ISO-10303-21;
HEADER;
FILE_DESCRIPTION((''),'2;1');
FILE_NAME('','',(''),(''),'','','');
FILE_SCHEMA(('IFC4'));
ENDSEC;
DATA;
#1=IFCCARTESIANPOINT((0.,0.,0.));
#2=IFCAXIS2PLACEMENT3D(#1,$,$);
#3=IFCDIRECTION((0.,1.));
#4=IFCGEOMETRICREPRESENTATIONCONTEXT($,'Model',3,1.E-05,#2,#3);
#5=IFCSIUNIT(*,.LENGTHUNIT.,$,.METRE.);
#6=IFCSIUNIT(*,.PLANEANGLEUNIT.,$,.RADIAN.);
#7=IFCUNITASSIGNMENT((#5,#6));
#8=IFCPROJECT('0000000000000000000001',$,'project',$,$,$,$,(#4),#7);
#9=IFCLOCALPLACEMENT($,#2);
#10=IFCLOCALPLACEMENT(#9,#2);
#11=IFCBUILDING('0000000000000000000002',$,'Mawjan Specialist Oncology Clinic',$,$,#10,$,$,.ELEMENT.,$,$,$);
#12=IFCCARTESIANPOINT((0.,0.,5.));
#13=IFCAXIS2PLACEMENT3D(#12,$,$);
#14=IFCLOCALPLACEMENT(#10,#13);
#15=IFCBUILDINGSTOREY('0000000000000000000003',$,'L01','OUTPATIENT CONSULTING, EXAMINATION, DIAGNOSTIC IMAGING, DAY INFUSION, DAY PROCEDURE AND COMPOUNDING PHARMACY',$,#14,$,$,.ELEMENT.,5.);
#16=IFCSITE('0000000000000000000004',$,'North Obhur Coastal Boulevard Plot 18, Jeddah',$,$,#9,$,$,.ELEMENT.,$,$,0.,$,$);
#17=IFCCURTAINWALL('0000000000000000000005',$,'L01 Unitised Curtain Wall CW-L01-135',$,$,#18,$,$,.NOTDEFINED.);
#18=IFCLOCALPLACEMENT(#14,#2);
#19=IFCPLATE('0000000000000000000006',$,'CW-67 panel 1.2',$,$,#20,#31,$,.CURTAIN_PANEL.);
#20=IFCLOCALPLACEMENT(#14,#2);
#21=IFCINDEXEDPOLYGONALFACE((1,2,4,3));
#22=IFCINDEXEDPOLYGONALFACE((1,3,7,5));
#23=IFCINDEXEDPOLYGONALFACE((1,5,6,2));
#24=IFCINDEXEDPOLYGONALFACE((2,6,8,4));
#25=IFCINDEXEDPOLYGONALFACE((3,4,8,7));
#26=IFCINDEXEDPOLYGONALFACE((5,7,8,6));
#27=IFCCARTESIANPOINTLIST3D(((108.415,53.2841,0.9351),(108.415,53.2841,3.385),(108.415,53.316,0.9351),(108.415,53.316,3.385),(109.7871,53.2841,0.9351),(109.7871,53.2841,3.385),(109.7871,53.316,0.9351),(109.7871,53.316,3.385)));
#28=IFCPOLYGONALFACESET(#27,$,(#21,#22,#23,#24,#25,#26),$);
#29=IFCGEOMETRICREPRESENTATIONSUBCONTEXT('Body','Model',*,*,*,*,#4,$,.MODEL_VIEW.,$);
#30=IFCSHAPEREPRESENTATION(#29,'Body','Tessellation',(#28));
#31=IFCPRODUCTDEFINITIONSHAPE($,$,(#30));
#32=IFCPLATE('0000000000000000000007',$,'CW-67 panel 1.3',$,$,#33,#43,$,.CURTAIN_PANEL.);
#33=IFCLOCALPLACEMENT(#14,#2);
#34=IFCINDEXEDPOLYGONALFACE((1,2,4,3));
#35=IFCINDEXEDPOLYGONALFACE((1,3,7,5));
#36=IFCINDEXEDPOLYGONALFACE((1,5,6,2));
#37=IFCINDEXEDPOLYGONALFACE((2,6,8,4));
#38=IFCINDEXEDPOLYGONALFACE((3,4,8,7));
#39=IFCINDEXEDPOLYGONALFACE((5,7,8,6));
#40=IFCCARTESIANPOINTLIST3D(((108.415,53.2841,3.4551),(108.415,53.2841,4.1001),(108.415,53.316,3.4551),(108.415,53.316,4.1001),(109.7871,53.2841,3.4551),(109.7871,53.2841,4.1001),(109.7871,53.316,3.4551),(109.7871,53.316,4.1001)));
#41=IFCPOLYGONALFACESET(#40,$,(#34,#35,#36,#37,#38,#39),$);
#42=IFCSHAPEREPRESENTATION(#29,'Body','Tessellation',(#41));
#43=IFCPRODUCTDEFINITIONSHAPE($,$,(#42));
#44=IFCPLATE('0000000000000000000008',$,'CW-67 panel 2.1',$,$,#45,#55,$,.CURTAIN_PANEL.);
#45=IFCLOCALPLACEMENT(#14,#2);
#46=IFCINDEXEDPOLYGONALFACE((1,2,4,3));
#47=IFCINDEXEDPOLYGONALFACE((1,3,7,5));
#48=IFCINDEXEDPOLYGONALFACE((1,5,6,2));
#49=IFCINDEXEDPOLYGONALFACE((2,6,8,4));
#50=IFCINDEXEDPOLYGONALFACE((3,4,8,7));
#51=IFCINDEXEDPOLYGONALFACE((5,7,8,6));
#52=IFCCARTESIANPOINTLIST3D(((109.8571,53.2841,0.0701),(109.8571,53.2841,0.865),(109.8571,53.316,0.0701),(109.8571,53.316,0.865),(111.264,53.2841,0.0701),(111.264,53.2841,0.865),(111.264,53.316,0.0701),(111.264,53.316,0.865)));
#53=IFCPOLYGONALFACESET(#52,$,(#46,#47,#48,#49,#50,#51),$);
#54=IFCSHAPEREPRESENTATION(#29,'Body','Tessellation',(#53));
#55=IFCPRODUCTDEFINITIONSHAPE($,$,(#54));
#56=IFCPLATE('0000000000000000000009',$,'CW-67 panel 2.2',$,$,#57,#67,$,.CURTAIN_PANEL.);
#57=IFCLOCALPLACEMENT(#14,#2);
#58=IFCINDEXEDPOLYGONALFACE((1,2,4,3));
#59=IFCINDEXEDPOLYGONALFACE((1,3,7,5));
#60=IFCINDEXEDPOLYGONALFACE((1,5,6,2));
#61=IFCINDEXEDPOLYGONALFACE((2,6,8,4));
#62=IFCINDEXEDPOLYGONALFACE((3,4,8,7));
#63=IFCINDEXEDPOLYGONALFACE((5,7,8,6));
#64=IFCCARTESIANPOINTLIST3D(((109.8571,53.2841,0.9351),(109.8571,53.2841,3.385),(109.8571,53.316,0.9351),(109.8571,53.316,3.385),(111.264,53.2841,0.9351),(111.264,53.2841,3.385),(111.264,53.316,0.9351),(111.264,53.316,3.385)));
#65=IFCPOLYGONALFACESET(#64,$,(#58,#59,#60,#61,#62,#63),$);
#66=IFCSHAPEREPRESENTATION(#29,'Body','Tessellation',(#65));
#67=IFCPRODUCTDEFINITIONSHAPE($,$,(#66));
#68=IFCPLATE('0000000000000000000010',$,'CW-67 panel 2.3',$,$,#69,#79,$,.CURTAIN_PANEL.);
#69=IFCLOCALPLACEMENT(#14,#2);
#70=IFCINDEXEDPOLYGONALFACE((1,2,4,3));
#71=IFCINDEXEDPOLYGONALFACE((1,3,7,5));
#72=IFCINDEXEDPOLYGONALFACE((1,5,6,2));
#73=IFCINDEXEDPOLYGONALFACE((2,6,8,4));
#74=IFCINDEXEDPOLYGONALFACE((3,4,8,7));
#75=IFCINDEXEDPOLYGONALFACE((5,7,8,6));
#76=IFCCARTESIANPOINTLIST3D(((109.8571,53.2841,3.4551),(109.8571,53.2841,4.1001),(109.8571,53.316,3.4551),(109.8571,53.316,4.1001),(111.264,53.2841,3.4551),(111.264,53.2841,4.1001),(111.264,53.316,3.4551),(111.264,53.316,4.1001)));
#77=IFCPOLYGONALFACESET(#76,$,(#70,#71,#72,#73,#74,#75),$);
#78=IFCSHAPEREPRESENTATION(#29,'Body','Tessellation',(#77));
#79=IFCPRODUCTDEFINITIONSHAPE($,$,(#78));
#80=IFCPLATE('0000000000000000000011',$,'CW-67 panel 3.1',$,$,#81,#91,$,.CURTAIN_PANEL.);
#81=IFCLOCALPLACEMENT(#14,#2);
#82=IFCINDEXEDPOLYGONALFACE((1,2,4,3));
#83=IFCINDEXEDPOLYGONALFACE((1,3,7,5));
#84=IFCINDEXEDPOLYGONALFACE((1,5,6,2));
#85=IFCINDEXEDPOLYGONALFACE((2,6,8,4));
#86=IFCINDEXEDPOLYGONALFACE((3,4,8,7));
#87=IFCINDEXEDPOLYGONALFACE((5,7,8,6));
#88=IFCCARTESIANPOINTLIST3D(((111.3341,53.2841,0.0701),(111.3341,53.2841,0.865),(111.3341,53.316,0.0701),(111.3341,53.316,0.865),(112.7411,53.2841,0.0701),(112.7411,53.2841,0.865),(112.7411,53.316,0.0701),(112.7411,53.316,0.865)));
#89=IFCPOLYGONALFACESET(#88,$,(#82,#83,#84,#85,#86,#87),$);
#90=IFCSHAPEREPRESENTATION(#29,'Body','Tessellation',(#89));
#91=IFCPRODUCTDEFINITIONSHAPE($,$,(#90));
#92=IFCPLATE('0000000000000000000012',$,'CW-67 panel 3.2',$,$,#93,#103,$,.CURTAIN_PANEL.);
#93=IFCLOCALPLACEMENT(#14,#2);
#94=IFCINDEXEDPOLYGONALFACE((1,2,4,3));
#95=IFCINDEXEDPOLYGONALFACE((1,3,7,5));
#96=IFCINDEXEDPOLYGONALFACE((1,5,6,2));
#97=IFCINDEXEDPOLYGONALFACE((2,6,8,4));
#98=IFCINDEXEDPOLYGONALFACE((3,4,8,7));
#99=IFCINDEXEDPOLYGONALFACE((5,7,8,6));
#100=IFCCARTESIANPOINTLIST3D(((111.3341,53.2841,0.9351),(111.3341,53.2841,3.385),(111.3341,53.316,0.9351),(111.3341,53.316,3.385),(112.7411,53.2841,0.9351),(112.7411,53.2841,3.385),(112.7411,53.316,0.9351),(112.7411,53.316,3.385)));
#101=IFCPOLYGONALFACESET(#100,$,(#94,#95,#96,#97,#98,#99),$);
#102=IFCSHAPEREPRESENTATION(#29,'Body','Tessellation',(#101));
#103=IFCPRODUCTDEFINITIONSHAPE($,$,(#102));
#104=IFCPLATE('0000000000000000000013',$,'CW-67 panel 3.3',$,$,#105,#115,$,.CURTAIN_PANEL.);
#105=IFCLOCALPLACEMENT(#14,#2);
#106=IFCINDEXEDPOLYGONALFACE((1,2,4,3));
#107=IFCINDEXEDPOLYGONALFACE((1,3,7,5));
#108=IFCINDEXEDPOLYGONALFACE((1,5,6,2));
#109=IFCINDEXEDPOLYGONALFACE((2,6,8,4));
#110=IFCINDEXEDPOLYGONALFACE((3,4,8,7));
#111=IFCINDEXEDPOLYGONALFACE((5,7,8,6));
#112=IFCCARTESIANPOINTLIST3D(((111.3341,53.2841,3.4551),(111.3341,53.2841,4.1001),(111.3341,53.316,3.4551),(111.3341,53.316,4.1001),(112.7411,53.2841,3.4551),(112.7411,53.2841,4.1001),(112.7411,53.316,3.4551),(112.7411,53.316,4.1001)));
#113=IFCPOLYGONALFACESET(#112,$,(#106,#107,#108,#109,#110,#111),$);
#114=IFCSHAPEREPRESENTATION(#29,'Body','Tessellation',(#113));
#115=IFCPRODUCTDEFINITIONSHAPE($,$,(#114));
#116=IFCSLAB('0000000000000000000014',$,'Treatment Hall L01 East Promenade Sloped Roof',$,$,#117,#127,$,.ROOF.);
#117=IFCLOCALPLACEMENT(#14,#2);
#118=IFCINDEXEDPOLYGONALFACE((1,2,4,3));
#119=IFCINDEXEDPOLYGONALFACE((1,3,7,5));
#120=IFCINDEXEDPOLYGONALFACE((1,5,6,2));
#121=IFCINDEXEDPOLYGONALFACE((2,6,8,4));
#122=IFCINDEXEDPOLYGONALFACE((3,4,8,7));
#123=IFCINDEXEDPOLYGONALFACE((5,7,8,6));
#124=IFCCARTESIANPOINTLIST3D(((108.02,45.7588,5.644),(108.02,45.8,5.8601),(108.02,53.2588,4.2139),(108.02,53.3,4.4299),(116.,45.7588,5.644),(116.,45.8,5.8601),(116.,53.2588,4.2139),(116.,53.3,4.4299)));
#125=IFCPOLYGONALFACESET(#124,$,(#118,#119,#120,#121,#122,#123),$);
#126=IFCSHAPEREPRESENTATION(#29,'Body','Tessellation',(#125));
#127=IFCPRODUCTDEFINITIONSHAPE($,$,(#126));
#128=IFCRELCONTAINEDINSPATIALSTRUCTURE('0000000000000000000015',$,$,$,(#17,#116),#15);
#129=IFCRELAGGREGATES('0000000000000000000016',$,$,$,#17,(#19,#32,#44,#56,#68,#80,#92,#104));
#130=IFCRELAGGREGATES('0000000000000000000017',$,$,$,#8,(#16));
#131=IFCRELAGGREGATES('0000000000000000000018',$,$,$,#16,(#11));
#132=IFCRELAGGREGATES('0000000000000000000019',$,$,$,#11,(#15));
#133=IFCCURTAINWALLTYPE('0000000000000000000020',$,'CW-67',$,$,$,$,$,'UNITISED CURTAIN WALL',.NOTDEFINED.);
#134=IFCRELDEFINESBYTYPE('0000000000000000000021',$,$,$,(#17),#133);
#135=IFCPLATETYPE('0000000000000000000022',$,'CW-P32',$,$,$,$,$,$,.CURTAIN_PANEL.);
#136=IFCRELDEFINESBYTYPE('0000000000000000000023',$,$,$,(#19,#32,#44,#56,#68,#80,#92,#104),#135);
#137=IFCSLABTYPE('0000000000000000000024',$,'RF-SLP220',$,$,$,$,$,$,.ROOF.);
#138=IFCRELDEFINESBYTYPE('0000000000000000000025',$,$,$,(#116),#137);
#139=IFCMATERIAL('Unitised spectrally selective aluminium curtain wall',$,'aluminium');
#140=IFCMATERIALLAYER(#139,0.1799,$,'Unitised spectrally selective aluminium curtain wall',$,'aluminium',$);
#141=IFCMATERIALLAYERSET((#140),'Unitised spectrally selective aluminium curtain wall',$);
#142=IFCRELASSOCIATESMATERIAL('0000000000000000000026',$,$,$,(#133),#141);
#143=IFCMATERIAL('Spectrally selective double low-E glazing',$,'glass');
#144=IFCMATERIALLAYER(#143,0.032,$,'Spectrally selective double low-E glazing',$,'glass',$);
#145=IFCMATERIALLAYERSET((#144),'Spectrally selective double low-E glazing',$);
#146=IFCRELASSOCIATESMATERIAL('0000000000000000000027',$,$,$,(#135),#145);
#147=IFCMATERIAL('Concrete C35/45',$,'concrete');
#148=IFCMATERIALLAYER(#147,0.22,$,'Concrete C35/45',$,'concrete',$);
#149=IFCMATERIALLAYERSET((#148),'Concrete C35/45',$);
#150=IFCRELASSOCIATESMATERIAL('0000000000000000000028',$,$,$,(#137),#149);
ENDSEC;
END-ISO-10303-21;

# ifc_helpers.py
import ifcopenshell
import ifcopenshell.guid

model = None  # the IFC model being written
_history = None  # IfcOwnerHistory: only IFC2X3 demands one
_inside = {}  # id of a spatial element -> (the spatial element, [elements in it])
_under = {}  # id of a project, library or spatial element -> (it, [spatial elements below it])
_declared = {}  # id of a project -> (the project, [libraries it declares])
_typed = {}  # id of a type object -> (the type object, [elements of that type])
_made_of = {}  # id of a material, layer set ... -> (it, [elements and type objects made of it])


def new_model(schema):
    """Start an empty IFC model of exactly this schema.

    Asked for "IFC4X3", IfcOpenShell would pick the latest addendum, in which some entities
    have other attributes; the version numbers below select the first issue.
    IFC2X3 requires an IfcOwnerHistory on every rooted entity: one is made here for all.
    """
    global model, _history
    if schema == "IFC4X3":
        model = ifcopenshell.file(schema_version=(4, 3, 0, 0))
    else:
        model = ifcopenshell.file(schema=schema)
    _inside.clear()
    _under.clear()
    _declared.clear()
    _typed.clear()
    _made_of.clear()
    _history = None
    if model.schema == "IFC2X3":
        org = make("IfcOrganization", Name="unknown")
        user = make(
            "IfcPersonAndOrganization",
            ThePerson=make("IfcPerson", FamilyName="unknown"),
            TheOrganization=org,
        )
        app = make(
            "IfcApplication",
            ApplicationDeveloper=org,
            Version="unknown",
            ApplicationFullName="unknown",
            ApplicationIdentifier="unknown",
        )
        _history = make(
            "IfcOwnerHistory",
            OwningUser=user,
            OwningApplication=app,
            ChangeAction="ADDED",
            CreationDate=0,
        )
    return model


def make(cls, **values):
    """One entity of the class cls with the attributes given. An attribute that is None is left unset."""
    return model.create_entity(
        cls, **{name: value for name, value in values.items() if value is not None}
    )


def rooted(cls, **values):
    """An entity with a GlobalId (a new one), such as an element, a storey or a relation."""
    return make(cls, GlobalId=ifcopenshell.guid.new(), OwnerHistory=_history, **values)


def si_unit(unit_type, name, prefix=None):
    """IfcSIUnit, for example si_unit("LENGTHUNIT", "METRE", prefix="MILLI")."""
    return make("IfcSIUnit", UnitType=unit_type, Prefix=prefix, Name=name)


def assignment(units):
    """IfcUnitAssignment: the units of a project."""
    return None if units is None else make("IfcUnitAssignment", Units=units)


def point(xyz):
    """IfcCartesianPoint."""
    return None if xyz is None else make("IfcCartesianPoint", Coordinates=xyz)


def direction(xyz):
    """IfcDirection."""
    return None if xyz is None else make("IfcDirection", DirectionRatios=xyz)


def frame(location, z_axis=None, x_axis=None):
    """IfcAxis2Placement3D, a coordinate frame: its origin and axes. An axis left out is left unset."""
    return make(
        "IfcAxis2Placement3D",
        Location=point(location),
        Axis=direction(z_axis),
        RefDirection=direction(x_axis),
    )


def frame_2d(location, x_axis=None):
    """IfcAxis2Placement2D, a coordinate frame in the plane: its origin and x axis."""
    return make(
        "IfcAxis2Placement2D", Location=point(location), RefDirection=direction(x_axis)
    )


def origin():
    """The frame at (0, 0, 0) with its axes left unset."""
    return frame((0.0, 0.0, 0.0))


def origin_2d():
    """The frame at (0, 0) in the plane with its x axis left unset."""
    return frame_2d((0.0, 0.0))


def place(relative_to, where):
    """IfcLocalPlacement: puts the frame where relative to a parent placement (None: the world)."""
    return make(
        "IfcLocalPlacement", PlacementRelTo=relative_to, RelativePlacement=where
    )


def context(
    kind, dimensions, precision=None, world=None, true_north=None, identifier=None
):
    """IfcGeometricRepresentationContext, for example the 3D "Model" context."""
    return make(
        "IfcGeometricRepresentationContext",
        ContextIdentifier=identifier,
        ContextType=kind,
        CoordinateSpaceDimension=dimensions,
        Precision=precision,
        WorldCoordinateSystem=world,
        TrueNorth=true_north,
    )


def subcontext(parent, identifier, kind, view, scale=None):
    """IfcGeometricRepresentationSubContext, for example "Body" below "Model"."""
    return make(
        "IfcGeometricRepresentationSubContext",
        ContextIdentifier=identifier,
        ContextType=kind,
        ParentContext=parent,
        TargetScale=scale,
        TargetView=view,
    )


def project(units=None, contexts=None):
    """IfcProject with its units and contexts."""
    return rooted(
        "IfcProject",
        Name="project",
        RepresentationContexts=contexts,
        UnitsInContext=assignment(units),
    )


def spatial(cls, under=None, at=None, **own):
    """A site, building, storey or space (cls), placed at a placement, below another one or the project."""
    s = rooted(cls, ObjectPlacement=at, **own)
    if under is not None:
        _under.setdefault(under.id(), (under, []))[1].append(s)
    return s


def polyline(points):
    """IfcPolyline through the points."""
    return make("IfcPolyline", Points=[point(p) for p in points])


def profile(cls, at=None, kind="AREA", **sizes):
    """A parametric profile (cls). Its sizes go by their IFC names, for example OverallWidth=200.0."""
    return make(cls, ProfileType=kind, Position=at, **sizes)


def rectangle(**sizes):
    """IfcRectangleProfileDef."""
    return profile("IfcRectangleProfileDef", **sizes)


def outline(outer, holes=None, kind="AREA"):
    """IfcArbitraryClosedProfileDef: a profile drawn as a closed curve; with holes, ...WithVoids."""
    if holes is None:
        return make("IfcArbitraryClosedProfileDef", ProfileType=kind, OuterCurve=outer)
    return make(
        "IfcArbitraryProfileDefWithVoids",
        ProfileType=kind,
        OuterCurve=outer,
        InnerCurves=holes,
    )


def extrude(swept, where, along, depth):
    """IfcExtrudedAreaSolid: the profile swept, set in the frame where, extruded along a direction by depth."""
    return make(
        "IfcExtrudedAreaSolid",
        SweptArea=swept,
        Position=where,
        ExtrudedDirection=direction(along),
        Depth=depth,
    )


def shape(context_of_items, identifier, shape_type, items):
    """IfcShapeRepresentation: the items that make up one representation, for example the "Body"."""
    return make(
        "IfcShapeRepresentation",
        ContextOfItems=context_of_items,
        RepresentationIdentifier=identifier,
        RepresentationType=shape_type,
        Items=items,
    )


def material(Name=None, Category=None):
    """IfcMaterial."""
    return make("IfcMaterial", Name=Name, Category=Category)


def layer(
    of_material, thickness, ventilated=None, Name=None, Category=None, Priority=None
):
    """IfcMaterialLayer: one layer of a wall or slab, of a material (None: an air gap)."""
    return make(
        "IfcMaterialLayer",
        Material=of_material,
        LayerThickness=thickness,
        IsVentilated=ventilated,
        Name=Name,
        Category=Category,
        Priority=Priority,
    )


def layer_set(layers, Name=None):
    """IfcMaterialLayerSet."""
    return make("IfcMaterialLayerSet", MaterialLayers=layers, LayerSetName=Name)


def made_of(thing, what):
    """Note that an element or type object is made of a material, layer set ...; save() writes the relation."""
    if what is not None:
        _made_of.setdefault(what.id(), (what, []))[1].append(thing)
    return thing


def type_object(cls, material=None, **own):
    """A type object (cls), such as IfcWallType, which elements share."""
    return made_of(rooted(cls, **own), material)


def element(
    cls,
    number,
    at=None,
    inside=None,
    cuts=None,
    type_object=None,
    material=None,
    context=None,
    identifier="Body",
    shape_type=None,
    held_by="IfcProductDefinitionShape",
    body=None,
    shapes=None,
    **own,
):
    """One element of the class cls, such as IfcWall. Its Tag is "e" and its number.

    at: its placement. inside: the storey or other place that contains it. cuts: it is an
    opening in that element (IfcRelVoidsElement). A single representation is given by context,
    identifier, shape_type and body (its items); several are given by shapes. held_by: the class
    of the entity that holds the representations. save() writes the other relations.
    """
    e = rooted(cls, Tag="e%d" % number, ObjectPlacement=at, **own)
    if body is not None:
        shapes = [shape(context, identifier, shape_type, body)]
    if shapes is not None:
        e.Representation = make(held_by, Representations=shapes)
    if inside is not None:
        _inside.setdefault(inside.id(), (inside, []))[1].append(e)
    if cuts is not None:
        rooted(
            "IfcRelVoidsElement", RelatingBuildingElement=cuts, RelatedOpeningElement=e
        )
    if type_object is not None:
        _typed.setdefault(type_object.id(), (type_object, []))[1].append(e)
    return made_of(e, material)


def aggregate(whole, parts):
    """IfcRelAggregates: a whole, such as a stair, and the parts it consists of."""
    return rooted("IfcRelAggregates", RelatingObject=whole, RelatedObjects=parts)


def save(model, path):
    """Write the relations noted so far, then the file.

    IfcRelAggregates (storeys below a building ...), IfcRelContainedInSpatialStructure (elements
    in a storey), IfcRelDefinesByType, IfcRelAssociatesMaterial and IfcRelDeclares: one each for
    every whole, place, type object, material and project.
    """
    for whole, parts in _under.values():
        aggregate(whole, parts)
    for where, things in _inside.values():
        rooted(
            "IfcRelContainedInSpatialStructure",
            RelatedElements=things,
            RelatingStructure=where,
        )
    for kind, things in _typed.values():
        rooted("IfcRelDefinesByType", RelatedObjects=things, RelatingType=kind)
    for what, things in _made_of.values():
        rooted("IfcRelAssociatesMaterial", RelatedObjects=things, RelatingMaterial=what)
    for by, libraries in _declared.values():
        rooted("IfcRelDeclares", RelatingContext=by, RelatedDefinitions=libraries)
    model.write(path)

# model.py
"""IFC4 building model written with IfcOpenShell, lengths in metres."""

from ifc_helpers import new_model, si_unit, direction, frame, origin, origin_2d, place, context, subcontext, project, spatial, polyline, rectangle, outline, extrude, material, layer, layer_set, type_object, element, aggregate, save


model = new_model("IFC4")

# Units and contexts
model_context = context("Model", 3, precision=1e-05, world=origin(), true_north=direction((0.0, 1.0)))
body_context = subcontext(model_context, "Body", "Model", "MODEL_VIEW")
ifc_project = project(units=[si_unit("LENGTHUNIT", "METRE"), si_unit("PLANEANGLEUNIT", "RADIAN")], contexts=[model_context])

# Site, building, storey
site_placement = place(None, origin())
site = spatial("IfcSite", under=ifc_project, at=site_placement, Name="North Obhur Coastal Boulevard Plot 18, Jeddah", CompositionType="ELEMENT", RefElevation=0.0)
building_placement = place(site_placement, origin())
building = spatial("IfcBuilding", under=site, at=building_placement, Name="Mawjan Specialist Oncology Clinic", CompositionType="ELEMENT")
storey_placement = place(building_placement, frame((0.0, 0.0, 5.0)))
storey = spatial("IfcBuildingStorey", under=building, at=storey_placement, Name="L01", Description="OUTPATIENT CONSULTING, EXAMINATION, DIAGNOSTIC IMAGING, DAY INFUSION, DAY PROCEDURE AND COMPOUNDING PHARMACY", CompositionType="ELEMENT", Elevation=5.0)

# Curtain wall
ifc_material_1 = material(Name="Unitised spectrally selective aluminium curtain wall", Category="aluminium")
ifc_layer_1 = layer(ifc_material_1, 0.1799, Name="Unitised spectrally selective aluminium curtain wall", Category="aluminium")
ifc_layer_set_1 = layer_set([ifc_layer_1], Name="Unitised spectrally selective aluminium curtain wall")
curtain_wall_type = type_object("IfcCurtainWallType", Name="CW-67", ElementType="UNITISED CURTAIN WALL", PredefinedType="NOTDEFINED", material=ifc_layer_set_1)
curtain_wall_placement = place(storey_placement, origin())
curtain_wall = element("IfcCurtainWall", 1, at=curtain_wall_placement, inside=storey, type_object=curtain_wall_type, Name="L01 Unitised Curtain Wall CW-L01-135", PredefinedType="NOTDEFINED")

# Plates
ifc_material_2 = material(Name="Spectrally selective double low-E glazing", Category="glass")
ifc_layer_2 = layer(ifc_material_2, 0.032, Name="Spectrally selective double low-E glazing", Category="glass")
ifc_layer_set_2 = layer_set([ifc_layer_2], Name="Spectrally selective double low-E glazing")
plate_type = type_object("IfcPlateType", Name="CW-P32", PredefinedType="CURTAIN_PANEL", material=ifc_layer_set_2)
plate_1_placement = place(storey_placement, frame((109.1011, 53.3, 0.9351), z_axis=(0.0, 0.0, 1.0), x_axis=(1.0, 0.0, 0.0)))
plate_1 = element("IfcPlate", 2, at=plate_1_placement, type_object=plate_type, Name="CW-67 panel 1.2", PredefinedType="CURTAIN_PANEL", context=body_context, shape_type="SweptSolid", body=[
    extrude(rectangle(XDim=1.3721, YDim=0.032, at=origin_2d()), origin(), (0.0, 0.0, 1.0), 2.45),
])
plate_2_placement = place(storey_placement, frame((109.1011, 53.3, 3.4551), z_axis=(0.0, 0.0, 1.0), x_axis=(1.0, 0.0, 0.0)))
plate_2 = element("IfcPlate", 3, at=plate_2_placement, type_object=plate_type, Name="CW-67 panel 1.3", PredefinedType="CURTAIN_PANEL", context=body_context, shape_type="SweptSolid", body=[
    extrude(rectangle(XDim=1.3721, YDim=0.032, at=origin_2d()), origin(), (0.0, 0.0, 1.0), 0.645),
])
plate_3_placement = place(storey_placement, frame((110.5605, 53.3, 0.0701), z_axis=(0.0, 0.0, 1.0), x_axis=(1.0, 0.0, 0.0)))
plate_3 = element("IfcPlate", 4, at=plate_3_placement, type_object=plate_type, Name="CW-67 panel 2.1", PredefinedType="CURTAIN_PANEL", context=body_context, shape_type="SweptSolid", body=[
    extrude(rectangle(XDim=1.407, YDim=0.032, at=origin_2d()), origin(), (0.0, 0.0, 1.0), 0.7949),
])
plate_4_placement = place(storey_placement, frame((110.5605, 53.3, 0.9351), z_axis=(0.0, 0.0, 1.0), x_axis=(1.0, 0.0, 0.0)))
plate_4 = element("IfcPlate", 5, at=plate_4_placement, type_object=plate_type, Name="CW-67 panel 2.2", PredefinedType="CURTAIN_PANEL", context=body_context, shape_type="SweptSolid", body=[
    extrude(rectangle(XDim=1.407, YDim=0.032, at=origin_2d()), origin(), (0.0, 0.0, 1.0), 2.45),
])
plate_5_placement = place(storey_placement, frame((110.5605, 53.3, 3.4551), z_axis=(0.0, 0.0, 1.0), x_axis=(1.0, 0.0, 0.0)))
plate_5 = element("IfcPlate", 6, at=plate_5_placement, type_object=plate_type, Name="CW-67 panel 2.3", PredefinedType="CURTAIN_PANEL", context=body_context, shape_type="SweptSolid", body=[
    extrude(rectangle(XDim=1.407, YDim=0.032, at=origin_2d()), origin(), (0.0, 0.0, 1.0), 0.645),
])
plate_6_placement = place(storey_placement, frame((112.0376, 53.3, 0.0701), z_axis=(0.0, 0.0, 1.0), x_axis=(1.0, 0.0, 0.0)))
plate_6 = element("IfcPlate", 7, at=plate_6_placement, type_object=plate_type, Name="CW-67 panel 3.1", PredefinedType="CURTAIN_PANEL", context=body_context, shape_type="SweptSolid", body=[
    extrude(rectangle(XDim=1.407, YDim=0.032, at=origin_2d()), origin(), (0.0, 0.0, 1.0), 0.7949),
])
plate_7_placement = place(storey_placement, frame((112.0376, 53.3, 0.9351), z_axis=(0.0, 0.0, 1.0), x_axis=(1.0, 0.0, 0.0)))
plate_7 = element("IfcPlate", 8, at=plate_7_placement, type_object=plate_type, Name="CW-67 panel 3.2", PredefinedType="CURTAIN_PANEL", context=body_context, shape_type="SweptSolid", body=[
    extrude(rectangle(XDim=1.407, YDim=0.032, at=origin_2d()), origin(), (0.0, 0.0, 1.0), 2.45),
])
plate_8_placement = place(storey_placement, frame((112.0376, 53.3, 3.4551), z_axis=(0.0, 0.0, 1.0), x_axis=(1.0, 0.0, 0.0)))
plate_8 = element("IfcPlate", 9, at=plate_8_placement, type_object=plate_type, Name="CW-67 panel 3.3", PredefinedType="CURTAIN_PANEL", context=body_context, shape_type="SweptSolid", body=[
    extrude(rectangle(XDim=1.407, YDim=0.032, at=origin_2d()), origin(), (0.0, 0.0, 1.0), 0.645),
])
aggregate(curtain_wall, [plate_1, plate_2, plate_3, plate_4, plate_5, plate_6, plate_7, plate_8])

# Slab
ifc_material_3 = material(Name="Concrete C35/45", Category="concrete")
ifc_layer_3 = layer(ifc_material_3, 0.22, Name="Concrete C35/45", Category="concrete")
ifc_layer_set_3 = layer_set([ifc_layer_3], Name="Concrete C35/45")
slab_type = type_object("IfcSlabType", Name="RF-SLP220", PredefinedType="ROOF", material=ifc_layer_set_3)
slab_placement = place(storey_placement, frame((108.02, 53.3, 4.4299), z_axis=(0.0, 0.187315, 0.9823), x_axis=(1.0, 0.0, 0.0)))
element("IfcSlab", 10, at=slab_placement, inside=storey, type_object=slab_type, Name="Treatment Hall L01 East Promenade Sloped Roof", PredefinedType="ROOF", context=body_context, shape_type="SweptSolid", body=[
    extrude(outline(polyline([(0.0, 0.0), (7.98, 0.0), (7.98, -7.6351), (0.0, -7.6351), (0.0, 0.0)])), origin(), (0.0, 0.0, -1.0), 0.22),
])

save(model, "model.ifc")
